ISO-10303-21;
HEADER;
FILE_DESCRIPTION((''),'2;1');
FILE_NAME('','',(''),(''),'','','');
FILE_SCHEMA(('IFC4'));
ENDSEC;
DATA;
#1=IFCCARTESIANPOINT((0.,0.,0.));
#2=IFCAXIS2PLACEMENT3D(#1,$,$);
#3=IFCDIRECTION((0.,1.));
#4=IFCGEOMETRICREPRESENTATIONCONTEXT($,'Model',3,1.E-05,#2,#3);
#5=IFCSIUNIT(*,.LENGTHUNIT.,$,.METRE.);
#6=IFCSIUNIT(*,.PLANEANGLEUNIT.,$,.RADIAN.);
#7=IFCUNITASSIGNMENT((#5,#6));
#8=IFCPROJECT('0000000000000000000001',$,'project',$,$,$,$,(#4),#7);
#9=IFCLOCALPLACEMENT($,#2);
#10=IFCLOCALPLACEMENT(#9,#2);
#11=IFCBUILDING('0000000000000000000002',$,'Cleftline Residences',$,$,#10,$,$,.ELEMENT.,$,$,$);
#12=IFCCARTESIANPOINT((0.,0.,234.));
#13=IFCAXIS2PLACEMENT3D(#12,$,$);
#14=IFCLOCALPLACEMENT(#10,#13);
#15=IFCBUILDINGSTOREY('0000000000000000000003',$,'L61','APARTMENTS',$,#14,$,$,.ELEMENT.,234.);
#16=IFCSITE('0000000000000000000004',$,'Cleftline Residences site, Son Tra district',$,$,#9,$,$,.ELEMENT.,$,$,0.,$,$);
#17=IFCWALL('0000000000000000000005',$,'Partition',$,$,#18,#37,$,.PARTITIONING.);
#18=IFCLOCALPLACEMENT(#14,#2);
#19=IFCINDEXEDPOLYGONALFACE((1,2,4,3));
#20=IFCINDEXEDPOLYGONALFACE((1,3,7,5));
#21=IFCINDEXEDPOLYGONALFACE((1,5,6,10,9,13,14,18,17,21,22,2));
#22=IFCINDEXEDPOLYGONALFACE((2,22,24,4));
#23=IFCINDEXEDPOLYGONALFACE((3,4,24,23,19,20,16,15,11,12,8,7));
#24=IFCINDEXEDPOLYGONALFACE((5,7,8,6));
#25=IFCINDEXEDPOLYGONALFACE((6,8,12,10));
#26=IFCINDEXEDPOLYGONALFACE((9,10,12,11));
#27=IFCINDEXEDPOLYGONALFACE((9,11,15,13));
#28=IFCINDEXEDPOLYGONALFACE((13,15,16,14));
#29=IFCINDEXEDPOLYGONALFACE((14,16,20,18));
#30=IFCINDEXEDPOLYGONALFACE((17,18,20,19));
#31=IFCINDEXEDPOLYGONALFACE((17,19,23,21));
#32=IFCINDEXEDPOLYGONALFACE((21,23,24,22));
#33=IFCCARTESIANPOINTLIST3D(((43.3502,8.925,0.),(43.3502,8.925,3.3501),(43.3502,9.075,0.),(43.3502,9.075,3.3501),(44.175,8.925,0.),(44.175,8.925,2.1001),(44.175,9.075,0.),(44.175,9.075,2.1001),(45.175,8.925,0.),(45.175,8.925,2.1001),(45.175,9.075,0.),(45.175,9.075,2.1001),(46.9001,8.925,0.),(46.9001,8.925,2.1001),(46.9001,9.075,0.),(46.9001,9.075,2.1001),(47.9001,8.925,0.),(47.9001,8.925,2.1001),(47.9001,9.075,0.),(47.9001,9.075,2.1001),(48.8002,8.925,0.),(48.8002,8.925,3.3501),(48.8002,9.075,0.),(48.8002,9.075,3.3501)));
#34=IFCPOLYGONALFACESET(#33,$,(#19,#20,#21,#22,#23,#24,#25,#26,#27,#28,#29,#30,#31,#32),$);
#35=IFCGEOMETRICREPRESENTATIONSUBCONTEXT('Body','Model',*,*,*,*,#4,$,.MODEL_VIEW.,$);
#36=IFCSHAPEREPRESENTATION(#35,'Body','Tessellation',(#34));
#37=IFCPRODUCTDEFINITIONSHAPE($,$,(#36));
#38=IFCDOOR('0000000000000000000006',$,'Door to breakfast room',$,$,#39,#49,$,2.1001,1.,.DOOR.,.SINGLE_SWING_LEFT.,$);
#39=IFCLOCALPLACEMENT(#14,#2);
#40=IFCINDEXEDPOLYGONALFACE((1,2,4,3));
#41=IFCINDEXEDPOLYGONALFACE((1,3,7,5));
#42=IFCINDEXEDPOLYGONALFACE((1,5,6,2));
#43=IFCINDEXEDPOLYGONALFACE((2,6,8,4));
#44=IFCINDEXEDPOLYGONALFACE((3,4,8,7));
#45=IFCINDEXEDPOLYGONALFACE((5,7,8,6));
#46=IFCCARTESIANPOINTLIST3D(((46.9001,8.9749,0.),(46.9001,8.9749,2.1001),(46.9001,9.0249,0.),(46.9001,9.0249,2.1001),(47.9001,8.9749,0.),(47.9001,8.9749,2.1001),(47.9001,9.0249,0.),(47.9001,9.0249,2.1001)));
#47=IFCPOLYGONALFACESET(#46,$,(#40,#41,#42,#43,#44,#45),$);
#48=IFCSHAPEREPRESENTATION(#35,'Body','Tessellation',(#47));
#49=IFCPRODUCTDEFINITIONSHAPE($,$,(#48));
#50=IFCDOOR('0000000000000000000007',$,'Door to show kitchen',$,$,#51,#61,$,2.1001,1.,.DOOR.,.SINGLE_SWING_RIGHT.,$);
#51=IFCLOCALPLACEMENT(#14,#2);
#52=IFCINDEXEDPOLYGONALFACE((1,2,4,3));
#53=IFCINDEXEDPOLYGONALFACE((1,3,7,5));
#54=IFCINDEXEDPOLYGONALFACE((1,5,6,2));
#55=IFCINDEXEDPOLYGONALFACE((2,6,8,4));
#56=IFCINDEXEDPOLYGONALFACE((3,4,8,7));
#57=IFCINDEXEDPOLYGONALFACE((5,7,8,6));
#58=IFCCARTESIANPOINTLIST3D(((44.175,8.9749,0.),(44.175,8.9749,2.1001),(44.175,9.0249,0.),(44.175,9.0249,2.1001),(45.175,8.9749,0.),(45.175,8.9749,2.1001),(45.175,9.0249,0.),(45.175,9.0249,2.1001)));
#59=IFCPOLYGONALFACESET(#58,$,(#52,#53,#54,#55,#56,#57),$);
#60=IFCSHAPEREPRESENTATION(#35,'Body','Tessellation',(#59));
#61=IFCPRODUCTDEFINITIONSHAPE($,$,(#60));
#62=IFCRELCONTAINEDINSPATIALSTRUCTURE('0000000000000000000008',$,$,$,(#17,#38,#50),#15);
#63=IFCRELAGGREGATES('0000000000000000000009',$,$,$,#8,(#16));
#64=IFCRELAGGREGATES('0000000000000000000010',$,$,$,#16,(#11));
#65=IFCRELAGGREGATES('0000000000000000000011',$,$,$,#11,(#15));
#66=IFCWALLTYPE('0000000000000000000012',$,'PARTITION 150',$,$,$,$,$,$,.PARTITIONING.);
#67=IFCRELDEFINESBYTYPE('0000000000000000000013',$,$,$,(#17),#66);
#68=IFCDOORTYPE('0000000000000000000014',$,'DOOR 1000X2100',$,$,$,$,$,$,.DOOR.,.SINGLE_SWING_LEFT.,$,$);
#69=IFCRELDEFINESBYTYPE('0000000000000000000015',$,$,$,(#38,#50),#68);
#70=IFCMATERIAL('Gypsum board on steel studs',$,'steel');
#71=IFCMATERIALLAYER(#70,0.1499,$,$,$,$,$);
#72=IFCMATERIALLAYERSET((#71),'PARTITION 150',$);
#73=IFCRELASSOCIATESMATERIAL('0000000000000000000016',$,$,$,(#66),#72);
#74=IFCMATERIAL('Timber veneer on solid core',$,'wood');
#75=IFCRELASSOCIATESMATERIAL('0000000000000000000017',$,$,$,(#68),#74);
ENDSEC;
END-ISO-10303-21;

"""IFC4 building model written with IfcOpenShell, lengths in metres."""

from ifc_helpers import new_model, si_unit, direction, frame, frame_2d, origin, place, context, subcontext, project, spatial, rectangle, extrude, material, layer, layer_set, type_object, element, fill, save


model = new_model("IFC4")

# Units and contexts
model_context = context("Model", 3, precision=1e-05, world=origin(), true_north=direction((0.0, 1.0)))
body_context = subcontext(model_context, "Body", "Model", "MODEL_VIEW")
ifc_project = project(units=[si_unit("LENGTHUNIT", "METRE"), si_unit("PLANEANGLEUNIT", "RADIAN")], contexts=[model_context])

# Site, building, storey
site_placement = place(None, origin())
site = spatial("IfcSite", under=ifc_project, at=site_placement, Name="Cleftline Residences site, Son Tra district", CompositionType="ELEMENT", RefElevation=0.0)
building_placement = place(site_placement, origin())
building = spatial("IfcBuilding", under=site, at=building_placement, Name="Cleftline Residences", CompositionType="ELEMENT")
storey_placement = place(building_placement, frame((0.0, 0.0, 234.0)))
storey = spatial("IfcBuildingStorey", under=building, at=storey_placement, Name="L61", Description="APARTMENTS", CompositionType="ELEMENT", Elevation=234.0)

# Wall, openings, doors
ifc_material_1 = material(Name="Gypsum board on steel studs", Category="steel")
ifc_layer_1 = layer(ifc_material_1, 0.1499)
ifc_layer_set_1 = layer_set([ifc_layer_1], Name="PARTITION 150")
wall_type_1 = type_object("IfcWallType", Name="PARTITION 150", PredefinedType="PARTITIONING", material=ifc_layer_set_1)
wall_1_placement = place(storey_placement, frame((43.3501, 9.0, 0.0), z_axis=(0.0, 0.0, 1.0), x_axis=(1.0, 0.0, 0.0)))
wall_1 = element("IfcWall", 1, at=wall_1_placement, inside=storey, type_object=wall_type_1, Name="Partition", PredefinedType="PARTITIONING", context=body_context, shape_type="SweptSolid", body=[
    extrude(rectangle(XDim=5.45, YDim=0.1499, at=frame_2d((2.7251, 0.0))), origin(), (0.0, 0.0, 1.0), 3.3501),
])
opening_1_placement = place(wall_1_placement, frame((3.55, 0.0, 0.0)))
opening_1 = element("IfcOpeningElement", 2, at=opening_1_placement, cuts=wall_1, PredefinedType="OPENING", context=body_context, shape_type="SweptSolid", body=[
    extrude(rectangle(XDim=1.0, YDim=2.1001, at=frame_2d((0.5, 1.05))), frame((0.0, 0.085, 0.0), z_axis=(0.0, -1.0, 0.0), x_axis=(1.0, 0.0, 0.0)), (0.0, 0.0, 1.0), 0.1699),
])
opening_2_placement = place(wall_1_placement, frame((0.825, 0.0, 0.0)))
opening_2 = element("IfcOpeningElement", 3, at=opening_2_placement, cuts=wall_1, PredefinedType="OPENING", context=body_context, shape_type="SweptSolid", body=[
    extrude(rectangle(XDim=1.0, YDim=2.1001, at=frame_2d((0.5, 1.05))), frame((0.0, 0.085, 0.0), z_axis=(0.0, -1.0, 0.0), x_axis=(1.0, 0.0, 0.0)), (0.0, 0.0, 1.0), 0.1699),
])
ifc_material_2 = material(Name="Timber veneer on solid core", Category="wood")
door_type_1 = type_object("IfcDoorType", Name="DOOR 1000X2100", OperationType="SINGLE_SWING_LEFT", PredefinedType="DOOR", material=ifc_material_2)
door_1_placement = place(opening_1_placement, origin())
door_1 = element("IfcDoor", 4, at=door_1_placement, inside=storey, type_object=door_type_1, Name="Door to breakfast room", OperationType="SINGLE_SWING_LEFT", OverallHeight=2.1001, OverallWidth=1.0, PredefinedType="DOOR", context=body_context, shape_type="SweptSolid", body=[
    extrude(rectangle(XDim=1.0, YDim=2.1001, at=frame_2d((0.5, 1.05))), frame((0.0, 0.0249, 0.0), z_axis=(0.0, -1.0, 0.0), x_axis=(1.0, 0.0, 0.0)), (0.0, 0.0, 1.0), 0.05),
])
fill(opening_1, door_1)
door_2_placement = place(opening_2_placement, origin())
door_2 = element("IfcDoor", 5, at=door_2_placement, inside=storey, type_object=door_type_1, Name="Door to show kitchen", OperationType="SINGLE_SWING_RIGHT", OverallHeight=2.1001, OverallWidth=1.0, PredefinedType="DOOR", context=body_context, shape_type="SweptSolid", body=[
    extrude(rectangle(XDim=1.0, YDim=2.1001, at=frame_2d((0.5, 1.05))), frame((0.0, 0.0249, 0.0), z_axis=(0.0, -1.0, 0.0), x_axis=(1.0, 0.0, 0.0)), (0.0, 0.0, 1.0), 0.05),
])
fill(opening_2, door_2)

save(model, "model.ifc")
